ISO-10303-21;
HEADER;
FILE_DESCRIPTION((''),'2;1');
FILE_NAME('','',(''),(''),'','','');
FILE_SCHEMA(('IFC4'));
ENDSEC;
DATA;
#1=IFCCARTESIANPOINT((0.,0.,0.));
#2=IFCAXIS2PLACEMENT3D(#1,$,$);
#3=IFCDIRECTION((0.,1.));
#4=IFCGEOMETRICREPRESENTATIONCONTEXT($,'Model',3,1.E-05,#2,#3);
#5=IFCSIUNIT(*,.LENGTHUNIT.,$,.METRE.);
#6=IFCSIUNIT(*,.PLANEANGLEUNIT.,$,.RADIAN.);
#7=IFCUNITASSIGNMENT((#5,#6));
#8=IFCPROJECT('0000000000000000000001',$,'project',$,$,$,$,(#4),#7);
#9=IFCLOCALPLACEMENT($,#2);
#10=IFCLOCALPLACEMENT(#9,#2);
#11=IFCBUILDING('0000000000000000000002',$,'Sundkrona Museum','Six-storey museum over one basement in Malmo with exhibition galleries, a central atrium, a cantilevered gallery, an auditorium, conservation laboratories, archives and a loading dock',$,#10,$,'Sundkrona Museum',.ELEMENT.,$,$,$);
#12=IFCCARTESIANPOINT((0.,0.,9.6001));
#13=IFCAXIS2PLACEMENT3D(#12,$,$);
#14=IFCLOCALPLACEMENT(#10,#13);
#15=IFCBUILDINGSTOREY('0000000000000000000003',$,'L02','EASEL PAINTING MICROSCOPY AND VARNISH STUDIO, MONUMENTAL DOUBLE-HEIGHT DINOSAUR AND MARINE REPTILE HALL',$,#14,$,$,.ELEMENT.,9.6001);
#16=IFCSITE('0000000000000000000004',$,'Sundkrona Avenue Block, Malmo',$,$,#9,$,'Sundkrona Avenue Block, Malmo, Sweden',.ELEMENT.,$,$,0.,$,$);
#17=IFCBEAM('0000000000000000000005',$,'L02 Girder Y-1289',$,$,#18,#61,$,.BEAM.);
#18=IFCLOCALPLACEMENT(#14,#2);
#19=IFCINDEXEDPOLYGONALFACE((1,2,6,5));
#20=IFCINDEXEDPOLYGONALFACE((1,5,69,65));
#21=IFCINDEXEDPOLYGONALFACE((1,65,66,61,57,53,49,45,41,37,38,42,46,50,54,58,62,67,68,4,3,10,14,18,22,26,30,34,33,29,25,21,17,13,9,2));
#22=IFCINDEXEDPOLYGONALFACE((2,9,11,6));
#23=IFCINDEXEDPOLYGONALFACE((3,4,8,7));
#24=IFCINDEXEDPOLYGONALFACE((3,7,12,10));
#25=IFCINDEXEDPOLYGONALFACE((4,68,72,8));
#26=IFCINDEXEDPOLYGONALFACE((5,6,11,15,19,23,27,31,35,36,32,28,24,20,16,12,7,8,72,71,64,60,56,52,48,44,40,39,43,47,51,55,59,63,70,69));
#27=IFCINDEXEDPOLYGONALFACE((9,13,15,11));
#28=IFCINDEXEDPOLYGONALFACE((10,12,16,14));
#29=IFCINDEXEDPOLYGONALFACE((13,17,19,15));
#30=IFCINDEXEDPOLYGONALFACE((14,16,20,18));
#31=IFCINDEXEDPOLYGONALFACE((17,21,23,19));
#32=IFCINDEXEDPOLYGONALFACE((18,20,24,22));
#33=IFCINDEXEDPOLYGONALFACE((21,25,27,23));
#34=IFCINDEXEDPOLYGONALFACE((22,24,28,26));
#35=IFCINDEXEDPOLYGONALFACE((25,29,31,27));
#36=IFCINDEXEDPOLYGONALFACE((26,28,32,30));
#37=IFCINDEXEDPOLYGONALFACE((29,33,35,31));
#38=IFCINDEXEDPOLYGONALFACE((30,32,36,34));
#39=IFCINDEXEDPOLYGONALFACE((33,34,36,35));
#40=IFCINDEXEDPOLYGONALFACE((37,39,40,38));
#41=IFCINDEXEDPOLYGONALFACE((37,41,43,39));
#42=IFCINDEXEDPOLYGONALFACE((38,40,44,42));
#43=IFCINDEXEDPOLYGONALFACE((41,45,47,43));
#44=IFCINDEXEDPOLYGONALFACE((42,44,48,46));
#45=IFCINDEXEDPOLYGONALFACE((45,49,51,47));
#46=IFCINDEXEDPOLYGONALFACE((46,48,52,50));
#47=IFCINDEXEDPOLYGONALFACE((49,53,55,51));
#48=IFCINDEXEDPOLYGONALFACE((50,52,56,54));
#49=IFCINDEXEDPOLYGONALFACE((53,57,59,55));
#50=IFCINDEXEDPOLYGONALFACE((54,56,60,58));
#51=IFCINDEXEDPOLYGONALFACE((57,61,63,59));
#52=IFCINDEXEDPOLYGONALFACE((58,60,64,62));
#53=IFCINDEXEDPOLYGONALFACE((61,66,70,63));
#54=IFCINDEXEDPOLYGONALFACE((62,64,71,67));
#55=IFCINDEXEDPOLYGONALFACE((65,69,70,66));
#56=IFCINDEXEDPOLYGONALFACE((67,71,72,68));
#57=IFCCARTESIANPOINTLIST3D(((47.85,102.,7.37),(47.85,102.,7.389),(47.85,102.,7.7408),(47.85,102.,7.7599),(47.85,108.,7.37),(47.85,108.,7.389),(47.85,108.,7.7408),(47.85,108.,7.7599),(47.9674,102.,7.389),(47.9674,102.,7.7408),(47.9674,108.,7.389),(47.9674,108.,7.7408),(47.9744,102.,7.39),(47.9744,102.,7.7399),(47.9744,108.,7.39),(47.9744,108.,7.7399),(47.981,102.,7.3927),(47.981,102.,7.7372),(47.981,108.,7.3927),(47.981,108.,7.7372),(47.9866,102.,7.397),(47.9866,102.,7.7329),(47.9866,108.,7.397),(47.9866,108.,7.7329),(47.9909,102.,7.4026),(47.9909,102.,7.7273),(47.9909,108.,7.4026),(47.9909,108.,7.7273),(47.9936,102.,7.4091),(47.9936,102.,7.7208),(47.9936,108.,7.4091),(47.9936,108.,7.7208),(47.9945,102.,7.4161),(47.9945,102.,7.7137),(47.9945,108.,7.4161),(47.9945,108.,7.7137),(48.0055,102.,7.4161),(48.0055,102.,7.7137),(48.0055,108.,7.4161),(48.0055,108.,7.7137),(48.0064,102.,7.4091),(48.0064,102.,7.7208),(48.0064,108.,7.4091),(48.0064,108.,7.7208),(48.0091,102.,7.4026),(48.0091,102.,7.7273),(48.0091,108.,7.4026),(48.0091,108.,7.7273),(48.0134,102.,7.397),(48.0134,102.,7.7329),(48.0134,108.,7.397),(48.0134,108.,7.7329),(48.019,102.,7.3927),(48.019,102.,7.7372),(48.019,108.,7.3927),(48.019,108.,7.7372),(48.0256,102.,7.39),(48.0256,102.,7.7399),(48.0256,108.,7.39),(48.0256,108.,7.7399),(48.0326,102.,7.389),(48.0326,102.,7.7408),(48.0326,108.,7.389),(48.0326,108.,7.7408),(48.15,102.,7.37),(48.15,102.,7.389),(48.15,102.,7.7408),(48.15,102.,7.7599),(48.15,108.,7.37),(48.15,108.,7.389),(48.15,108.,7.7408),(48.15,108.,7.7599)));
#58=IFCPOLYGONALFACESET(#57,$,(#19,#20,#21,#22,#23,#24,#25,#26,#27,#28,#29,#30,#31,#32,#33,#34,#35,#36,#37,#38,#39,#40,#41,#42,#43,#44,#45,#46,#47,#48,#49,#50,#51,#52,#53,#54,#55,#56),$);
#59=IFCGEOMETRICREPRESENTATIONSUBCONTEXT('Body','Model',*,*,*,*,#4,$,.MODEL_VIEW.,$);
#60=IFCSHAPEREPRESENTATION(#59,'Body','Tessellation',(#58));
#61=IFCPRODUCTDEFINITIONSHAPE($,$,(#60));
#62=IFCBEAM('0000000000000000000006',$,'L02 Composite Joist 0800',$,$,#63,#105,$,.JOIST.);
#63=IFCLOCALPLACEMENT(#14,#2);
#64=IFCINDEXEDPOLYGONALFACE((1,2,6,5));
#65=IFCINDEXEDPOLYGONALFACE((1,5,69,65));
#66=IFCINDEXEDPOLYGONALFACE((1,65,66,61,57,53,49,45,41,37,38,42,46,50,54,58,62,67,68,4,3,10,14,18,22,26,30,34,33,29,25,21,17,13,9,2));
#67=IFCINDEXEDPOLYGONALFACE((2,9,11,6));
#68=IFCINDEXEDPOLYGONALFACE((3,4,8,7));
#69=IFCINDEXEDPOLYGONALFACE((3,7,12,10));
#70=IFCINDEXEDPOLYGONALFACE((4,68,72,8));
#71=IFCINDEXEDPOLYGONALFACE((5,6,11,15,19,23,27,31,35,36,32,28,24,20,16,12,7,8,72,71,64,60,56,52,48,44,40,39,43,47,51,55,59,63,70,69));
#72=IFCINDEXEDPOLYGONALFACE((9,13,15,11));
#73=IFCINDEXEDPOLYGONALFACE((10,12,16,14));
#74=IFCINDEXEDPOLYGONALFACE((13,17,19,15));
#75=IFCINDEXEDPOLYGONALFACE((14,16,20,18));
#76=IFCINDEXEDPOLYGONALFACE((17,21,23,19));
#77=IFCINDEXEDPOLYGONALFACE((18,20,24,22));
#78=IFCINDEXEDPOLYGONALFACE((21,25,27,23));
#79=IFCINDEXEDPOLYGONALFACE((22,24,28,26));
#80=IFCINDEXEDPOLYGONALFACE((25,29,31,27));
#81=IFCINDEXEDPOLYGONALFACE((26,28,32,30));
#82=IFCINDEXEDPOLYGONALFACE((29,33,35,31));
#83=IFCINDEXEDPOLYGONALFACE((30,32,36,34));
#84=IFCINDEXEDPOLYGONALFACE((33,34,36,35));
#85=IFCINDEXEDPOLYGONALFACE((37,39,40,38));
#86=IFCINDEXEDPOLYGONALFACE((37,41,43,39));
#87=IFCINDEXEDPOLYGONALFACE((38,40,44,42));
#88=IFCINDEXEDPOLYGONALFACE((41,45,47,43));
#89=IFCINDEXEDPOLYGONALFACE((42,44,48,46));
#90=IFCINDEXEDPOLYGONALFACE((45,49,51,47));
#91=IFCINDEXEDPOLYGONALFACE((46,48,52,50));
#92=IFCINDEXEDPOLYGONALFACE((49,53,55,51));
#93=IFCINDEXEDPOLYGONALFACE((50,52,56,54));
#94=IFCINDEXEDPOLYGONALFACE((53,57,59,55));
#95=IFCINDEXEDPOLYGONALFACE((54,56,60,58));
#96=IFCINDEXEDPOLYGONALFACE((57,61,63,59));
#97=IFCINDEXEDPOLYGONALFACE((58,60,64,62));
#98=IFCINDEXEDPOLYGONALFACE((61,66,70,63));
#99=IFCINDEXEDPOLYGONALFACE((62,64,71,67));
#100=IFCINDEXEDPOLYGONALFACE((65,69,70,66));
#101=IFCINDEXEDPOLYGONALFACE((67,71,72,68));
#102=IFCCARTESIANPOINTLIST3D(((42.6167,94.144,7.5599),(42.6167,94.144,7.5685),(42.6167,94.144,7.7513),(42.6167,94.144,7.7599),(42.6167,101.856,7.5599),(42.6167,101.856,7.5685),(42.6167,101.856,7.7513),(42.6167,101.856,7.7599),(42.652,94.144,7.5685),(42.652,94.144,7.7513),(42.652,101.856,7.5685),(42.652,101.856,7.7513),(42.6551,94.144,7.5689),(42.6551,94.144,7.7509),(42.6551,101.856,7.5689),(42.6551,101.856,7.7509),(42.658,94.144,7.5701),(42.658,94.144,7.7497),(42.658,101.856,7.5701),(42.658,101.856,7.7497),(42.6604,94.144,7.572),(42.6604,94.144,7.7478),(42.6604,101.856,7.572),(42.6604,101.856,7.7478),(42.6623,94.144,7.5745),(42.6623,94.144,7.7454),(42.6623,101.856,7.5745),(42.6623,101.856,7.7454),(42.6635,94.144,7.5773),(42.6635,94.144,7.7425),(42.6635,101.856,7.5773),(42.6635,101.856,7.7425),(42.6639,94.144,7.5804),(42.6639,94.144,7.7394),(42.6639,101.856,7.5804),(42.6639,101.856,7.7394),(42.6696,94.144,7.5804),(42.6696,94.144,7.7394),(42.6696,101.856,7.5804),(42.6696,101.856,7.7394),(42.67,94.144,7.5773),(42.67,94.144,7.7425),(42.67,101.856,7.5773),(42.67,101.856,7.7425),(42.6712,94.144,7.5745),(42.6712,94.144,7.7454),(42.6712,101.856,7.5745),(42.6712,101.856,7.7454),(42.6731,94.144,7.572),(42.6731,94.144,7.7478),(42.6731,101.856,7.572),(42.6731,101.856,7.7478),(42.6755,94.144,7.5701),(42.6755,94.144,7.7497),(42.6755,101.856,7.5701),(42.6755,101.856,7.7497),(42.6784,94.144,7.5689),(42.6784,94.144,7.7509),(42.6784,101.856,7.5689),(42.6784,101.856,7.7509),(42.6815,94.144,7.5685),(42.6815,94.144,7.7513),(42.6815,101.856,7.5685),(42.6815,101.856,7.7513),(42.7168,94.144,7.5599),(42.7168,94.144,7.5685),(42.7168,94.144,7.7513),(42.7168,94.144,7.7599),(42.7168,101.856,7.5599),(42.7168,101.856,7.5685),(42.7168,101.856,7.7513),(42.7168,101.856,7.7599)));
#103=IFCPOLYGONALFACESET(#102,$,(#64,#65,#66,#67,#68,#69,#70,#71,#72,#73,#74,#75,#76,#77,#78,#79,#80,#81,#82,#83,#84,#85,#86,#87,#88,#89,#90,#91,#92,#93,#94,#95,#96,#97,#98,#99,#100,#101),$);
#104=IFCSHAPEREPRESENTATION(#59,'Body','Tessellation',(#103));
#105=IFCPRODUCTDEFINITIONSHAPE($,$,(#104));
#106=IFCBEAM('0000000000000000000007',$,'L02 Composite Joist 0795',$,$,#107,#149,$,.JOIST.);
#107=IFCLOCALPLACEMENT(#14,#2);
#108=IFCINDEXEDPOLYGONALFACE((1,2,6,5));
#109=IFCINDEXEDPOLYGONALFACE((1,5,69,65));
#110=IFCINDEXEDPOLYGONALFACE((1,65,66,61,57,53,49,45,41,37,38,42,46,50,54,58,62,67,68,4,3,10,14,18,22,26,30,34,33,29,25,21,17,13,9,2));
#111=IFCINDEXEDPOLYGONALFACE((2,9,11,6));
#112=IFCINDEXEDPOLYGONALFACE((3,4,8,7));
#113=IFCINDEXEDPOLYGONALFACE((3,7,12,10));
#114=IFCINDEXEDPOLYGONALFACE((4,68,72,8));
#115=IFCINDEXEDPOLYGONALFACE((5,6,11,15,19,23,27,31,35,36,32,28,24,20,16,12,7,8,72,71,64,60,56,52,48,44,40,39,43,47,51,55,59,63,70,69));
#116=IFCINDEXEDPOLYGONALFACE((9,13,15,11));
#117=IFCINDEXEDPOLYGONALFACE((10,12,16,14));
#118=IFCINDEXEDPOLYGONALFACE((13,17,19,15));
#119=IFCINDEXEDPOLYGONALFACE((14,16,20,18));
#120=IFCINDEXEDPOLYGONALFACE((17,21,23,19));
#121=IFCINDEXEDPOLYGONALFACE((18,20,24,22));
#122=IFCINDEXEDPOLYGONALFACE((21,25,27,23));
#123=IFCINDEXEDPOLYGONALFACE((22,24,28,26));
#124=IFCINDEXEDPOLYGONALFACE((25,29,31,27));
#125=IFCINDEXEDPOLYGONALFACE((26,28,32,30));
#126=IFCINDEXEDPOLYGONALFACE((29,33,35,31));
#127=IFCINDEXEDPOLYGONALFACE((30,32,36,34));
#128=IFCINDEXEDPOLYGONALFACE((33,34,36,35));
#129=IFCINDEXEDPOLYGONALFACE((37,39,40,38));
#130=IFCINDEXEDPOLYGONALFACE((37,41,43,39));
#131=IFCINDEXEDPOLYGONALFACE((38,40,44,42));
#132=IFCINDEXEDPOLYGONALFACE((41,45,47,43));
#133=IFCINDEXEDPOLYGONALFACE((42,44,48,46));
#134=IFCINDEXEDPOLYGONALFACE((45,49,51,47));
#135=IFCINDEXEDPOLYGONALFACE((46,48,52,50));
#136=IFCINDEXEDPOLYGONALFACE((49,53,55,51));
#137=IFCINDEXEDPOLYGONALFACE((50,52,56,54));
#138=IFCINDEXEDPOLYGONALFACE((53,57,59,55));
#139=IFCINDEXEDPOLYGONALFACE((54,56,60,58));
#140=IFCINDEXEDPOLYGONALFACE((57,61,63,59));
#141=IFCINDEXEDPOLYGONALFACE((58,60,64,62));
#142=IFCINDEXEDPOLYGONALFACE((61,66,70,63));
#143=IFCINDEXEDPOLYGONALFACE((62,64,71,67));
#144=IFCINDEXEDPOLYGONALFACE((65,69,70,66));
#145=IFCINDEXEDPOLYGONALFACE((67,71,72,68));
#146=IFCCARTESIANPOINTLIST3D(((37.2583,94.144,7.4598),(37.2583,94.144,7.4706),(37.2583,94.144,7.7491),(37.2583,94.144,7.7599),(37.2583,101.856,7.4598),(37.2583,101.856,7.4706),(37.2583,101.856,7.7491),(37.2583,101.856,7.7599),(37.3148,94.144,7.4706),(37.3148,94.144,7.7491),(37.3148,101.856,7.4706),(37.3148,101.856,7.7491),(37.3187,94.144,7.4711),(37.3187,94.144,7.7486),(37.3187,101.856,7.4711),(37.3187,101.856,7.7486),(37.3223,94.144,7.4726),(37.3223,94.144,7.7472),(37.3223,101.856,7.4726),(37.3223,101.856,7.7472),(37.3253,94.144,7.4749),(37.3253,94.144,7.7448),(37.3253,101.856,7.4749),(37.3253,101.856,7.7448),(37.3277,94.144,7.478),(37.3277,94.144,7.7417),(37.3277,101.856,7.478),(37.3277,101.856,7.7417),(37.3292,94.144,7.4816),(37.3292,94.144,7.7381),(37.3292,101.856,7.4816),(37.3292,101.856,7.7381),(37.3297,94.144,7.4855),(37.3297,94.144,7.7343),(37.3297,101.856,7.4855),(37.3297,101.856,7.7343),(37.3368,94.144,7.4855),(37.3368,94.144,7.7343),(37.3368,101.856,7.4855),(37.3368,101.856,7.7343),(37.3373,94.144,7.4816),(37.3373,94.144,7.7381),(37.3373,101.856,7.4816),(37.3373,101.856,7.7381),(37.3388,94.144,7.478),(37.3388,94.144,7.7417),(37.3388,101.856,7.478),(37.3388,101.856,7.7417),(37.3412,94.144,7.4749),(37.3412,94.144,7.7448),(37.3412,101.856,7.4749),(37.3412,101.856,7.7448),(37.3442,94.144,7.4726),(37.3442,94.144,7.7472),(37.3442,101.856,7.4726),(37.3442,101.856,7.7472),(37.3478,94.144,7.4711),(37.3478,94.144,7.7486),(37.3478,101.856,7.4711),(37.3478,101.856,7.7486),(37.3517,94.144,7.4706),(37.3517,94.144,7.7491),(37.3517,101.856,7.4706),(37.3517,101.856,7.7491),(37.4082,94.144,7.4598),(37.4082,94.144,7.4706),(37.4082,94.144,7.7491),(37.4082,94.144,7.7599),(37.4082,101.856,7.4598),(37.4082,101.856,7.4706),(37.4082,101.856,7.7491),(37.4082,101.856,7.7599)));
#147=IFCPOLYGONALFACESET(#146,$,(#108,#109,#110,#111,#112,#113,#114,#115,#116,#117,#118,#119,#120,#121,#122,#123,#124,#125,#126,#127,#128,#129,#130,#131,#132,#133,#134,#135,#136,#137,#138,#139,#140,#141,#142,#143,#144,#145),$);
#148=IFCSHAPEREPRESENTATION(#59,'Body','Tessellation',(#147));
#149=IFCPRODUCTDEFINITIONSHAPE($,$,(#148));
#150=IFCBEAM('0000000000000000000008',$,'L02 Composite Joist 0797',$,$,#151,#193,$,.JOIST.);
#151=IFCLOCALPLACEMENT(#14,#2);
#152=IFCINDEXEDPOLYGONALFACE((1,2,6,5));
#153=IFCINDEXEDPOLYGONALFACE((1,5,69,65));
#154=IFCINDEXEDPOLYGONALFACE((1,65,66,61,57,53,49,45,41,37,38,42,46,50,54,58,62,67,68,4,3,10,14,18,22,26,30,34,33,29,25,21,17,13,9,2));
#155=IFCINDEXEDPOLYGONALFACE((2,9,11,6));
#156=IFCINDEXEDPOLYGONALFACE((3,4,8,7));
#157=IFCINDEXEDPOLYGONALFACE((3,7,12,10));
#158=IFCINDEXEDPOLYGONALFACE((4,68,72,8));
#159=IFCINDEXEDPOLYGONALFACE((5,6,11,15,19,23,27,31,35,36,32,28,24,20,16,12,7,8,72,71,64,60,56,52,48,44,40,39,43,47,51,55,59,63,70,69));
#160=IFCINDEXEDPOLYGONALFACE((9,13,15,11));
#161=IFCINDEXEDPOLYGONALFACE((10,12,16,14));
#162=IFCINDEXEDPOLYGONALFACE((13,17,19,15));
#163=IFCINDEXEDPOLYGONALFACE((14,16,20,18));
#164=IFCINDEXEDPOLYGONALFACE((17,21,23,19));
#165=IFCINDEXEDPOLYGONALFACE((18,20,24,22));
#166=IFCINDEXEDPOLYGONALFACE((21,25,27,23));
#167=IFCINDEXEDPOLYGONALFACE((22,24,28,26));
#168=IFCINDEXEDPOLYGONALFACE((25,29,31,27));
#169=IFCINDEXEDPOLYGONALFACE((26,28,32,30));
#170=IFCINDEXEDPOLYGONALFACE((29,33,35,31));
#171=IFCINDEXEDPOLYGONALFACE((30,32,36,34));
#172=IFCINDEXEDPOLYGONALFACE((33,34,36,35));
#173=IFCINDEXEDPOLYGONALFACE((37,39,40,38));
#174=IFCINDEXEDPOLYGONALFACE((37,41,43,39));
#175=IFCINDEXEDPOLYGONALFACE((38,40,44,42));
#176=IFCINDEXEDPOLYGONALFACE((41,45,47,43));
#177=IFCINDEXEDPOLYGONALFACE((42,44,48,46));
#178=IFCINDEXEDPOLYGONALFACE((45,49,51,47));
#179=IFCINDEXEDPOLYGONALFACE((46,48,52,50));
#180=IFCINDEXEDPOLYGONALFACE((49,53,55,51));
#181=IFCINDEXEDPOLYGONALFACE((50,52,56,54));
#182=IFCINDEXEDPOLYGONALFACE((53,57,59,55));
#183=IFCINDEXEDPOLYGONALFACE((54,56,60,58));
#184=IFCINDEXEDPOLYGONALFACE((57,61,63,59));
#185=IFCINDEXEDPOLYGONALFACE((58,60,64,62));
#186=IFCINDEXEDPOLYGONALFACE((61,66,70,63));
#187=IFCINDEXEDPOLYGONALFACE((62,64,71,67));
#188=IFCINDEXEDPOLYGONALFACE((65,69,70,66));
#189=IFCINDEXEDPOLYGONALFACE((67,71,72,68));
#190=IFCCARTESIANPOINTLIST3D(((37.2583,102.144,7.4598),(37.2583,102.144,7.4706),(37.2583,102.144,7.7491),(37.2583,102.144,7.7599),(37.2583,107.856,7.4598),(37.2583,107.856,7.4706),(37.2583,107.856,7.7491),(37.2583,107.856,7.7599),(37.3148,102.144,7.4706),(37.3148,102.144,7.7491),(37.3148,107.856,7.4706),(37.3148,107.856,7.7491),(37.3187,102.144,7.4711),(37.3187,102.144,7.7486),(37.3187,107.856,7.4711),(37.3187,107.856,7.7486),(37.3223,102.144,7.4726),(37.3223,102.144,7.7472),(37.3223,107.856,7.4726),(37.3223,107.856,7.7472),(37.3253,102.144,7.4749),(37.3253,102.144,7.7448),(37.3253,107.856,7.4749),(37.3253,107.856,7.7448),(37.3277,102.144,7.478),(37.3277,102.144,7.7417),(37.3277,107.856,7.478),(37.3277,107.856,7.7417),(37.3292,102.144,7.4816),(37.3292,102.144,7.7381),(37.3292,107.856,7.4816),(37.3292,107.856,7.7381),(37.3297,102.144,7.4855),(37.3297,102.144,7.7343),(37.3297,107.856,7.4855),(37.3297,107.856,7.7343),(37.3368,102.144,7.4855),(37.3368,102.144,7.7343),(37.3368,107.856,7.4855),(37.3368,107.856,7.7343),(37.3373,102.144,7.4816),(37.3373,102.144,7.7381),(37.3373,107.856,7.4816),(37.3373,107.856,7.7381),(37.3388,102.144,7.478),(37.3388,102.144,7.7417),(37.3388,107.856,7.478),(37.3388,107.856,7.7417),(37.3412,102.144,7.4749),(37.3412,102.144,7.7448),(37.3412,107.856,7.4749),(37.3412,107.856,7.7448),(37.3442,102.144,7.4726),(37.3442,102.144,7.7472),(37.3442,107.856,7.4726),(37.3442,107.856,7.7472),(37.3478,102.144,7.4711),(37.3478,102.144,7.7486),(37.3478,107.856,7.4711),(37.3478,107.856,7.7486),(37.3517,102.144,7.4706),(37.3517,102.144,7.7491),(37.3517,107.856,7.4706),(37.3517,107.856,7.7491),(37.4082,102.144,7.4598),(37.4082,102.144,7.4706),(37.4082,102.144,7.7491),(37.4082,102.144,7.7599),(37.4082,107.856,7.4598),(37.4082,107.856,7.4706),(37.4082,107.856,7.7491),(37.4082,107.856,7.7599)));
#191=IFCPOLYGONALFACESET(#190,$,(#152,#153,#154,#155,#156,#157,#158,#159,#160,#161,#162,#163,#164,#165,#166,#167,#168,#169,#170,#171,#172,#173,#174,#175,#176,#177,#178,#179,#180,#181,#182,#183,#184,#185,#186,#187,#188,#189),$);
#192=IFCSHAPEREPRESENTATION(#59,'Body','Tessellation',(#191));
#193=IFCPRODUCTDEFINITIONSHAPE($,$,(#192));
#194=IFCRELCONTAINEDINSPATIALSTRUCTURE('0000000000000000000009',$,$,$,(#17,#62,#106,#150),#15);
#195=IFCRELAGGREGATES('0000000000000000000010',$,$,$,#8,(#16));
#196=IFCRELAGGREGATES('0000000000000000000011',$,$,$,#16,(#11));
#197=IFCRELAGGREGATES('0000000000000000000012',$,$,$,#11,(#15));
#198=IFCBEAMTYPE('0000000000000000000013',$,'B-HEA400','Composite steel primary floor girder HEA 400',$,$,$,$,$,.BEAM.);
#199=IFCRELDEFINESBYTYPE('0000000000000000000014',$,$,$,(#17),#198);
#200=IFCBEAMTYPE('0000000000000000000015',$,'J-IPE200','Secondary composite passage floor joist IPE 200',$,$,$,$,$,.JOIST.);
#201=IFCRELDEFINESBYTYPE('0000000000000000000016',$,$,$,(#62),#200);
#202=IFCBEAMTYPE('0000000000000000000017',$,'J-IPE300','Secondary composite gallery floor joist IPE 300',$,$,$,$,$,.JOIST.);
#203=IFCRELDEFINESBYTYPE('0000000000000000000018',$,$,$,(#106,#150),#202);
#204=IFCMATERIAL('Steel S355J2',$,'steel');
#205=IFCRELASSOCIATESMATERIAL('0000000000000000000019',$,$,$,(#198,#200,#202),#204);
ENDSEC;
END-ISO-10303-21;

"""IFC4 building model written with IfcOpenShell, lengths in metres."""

from ifc_helpers import new_model, si_unit, direction, frame, origin, origin_2d, place, context, subcontext, project, spatial, i_section, extrude, material, material_profile, profile_set, type_object, element, save


model = new_model("IFC4")

# Units and contexts
model_context = context("Model", 3, precision=1e-05, world=origin(), true_north=direction((0.0, 1.0)))
body_context = subcontext(model_context, "Body", "Model", "MODEL_VIEW")
ifc_project = project(units=[si_unit("LENGTHUNIT", "METRE"), si_unit("PLANEANGLEUNIT", "RADIAN")], contexts=[model_context])

# Site, building, storey
site_placement = place(None, origin())
site = spatial("IfcSite", under=ifc_project, at=site_placement, Name="Sundkrona Avenue Block, Malmo", LongName="Sundkrona Avenue Block, Malmo, Sweden", CompositionType="ELEMENT", RefElevation=0.0)
building_placement = place(site_placement, origin())
building = spatial("IfcBuilding", under=site, at=building_placement, Name="Sundkrona Museum", Description="Six-storey museum over one basement in Malmo with exhibition galleries, a central atrium, a cantilevered gallery, an auditorium, conservation laboratories, archives and a loading dock", LongName="Sundkrona Museum", CompositionType="ELEMENT")
storey_placement = place(building_placement, frame((0.0, 0.0, 9.6001)))
storey = spatial("IfcBuildingStorey", under=building, at=storey_placement, Name="L02", Description="EASEL PAINTING MICROSCOPY AND VARNISH STUDIO, MONUMENTAL DOUBLE-HEIGHT DINOSAUR AND MARINE REPTILE HALL", CompositionType="ELEMENT", Elevation=9.6001)

# Shared definitions
ifc_material_1 = material(Name="Steel S355J2", Category="steel")

# Beams
ifc_material_profile_1 = material_profile(ifc_material_1, i_section(OverallWidth=0.3, OverallDepth=0.3899, WebThickness=0.011, FlangeThickness=0.019, FilletRadius=0.0271, at=origin_2d()), Name="HEA 400")
ifc_profile_set_1 = profile_set([ifc_material_profile_1], Name="Steel S355J2")
beam_type_1 = type_object("IfcBeamType", Name="B-HEA400", Description="Composite steel primary floor girder HEA 400", PredefinedType="BEAM", material=ifc_profile_set_1)
beam_1_placement = place(storey_placement, frame((48.0, 102.0, 7.5649), z_axis=(0.0, 1.0, 0.0), x_axis=(-1.0, 0.0, 0.0)))
element("IfcBeam", 1, at=beam_1_placement, inside=storey, type_object=beam_type_1, Name="L02 Girder Y-1289", PredefinedType="BEAM", context=body_context, shape_type="SweptSolid", body=[
    extrude(i_section(OverallWidth=0.3, OverallDepth=0.3899, WebThickness=0.011, FlangeThickness=0.019, FilletRadius=0.0271, at=origin_2d()), origin(), (0.0, 0.0, 1.0), 6.0),
])
ifc_material_profile_2 = material_profile(ifc_material_1, i_section(OverallWidth=0.1001, OverallDepth=0.2, WebThickness=0.0056, FlangeThickness=0.0085, FilletRadius=0.012, at=origin_2d()), Name="IPE 200")
ifc_profile_set_2 = profile_set([ifc_material_profile_2], Name="Steel S355J2")
beam_type_2 = type_object("IfcBeamType", Name="J-IPE200", Description="Secondary composite passage floor joist IPE 200", PredefinedType="JOIST", material=ifc_profile_set_2)
beam_2_placement = place(storey_placement, frame((42.6667, 94.144, 7.6599), z_axis=(0.0, 1.0, 0.0), x_axis=(-1.0, 0.0, 0.0)))
element("IfcBeam", 2, at=beam_2_placement, inside=storey, type_object=beam_type_2, Name="L02 Composite Joist 0800", PredefinedType="JOIST", context=body_context, shape_type="SweptSolid", body=[
    extrude(i_section(OverallWidth=0.1001, OverallDepth=0.2, WebThickness=0.0056, FlangeThickness=0.0085, FilletRadius=0.012, at=origin_2d()), origin(), (0.0, 0.0, 1.0), 7.7119),
])
ifc_material_profile_3 = material_profile(ifc_material_1, i_section(OverallWidth=0.1499, OverallDepth=0.3, WebThickness=0.0071, FlangeThickness=0.0107, FilletRadius=0.0149, at=origin_2d()), Name="IPE 300")
ifc_profile_set_3 = profile_set([ifc_material_profile_3], Name="Steel S355J2")
beam_type_3 = type_object("IfcBeamType", Name="J-IPE300", Description="Secondary composite gallery floor joist IPE 300", PredefinedType="JOIST", material=ifc_profile_set_3)
beam_3_placement = place(storey_placement, frame((37.3333, 94.144, 7.6099), z_axis=(0.0, 1.0, 0.0), x_axis=(-1.0, 0.0, 0.0)))
element("IfcBeam", 3, at=beam_3_placement, inside=storey, type_object=beam_type_3, Name="L02 Composite Joist 0795", PredefinedType="JOIST", context=body_context, shape_type="SweptSolid", body=[
    extrude(i_section(OverallWidth=0.1499, OverallDepth=0.3, WebThickness=0.0071, FlangeThickness=0.0107, FilletRadius=0.0149, at=origin_2d()), origin(), (0.0, 0.0, 1.0), 7.7119),
])
beam_4_placement = place(storey_placement, frame((37.3333, 102.144, 7.6099), z_axis=(0.0, 1.0, 0.0), x_axis=(-1.0, 0.0, 0.0)))
element("IfcBeam", 4, at=beam_4_placement, inside=storey, type_object=beam_type_3, Name="L02 Composite Joist 0797", PredefinedType="JOIST", context=body_context, shape_type="SweptSolid", body=[
    extrude(i_section(OverallWidth=0.1499, OverallDepth=0.3, WebThickness=0.0071, FlangeThickness=0.0107, FilletRadius=0.0149, at=origin_2d()), origin(), (0.0, 0.0, 1.0), 5.7119),
])

save(model, "model.ifc")
